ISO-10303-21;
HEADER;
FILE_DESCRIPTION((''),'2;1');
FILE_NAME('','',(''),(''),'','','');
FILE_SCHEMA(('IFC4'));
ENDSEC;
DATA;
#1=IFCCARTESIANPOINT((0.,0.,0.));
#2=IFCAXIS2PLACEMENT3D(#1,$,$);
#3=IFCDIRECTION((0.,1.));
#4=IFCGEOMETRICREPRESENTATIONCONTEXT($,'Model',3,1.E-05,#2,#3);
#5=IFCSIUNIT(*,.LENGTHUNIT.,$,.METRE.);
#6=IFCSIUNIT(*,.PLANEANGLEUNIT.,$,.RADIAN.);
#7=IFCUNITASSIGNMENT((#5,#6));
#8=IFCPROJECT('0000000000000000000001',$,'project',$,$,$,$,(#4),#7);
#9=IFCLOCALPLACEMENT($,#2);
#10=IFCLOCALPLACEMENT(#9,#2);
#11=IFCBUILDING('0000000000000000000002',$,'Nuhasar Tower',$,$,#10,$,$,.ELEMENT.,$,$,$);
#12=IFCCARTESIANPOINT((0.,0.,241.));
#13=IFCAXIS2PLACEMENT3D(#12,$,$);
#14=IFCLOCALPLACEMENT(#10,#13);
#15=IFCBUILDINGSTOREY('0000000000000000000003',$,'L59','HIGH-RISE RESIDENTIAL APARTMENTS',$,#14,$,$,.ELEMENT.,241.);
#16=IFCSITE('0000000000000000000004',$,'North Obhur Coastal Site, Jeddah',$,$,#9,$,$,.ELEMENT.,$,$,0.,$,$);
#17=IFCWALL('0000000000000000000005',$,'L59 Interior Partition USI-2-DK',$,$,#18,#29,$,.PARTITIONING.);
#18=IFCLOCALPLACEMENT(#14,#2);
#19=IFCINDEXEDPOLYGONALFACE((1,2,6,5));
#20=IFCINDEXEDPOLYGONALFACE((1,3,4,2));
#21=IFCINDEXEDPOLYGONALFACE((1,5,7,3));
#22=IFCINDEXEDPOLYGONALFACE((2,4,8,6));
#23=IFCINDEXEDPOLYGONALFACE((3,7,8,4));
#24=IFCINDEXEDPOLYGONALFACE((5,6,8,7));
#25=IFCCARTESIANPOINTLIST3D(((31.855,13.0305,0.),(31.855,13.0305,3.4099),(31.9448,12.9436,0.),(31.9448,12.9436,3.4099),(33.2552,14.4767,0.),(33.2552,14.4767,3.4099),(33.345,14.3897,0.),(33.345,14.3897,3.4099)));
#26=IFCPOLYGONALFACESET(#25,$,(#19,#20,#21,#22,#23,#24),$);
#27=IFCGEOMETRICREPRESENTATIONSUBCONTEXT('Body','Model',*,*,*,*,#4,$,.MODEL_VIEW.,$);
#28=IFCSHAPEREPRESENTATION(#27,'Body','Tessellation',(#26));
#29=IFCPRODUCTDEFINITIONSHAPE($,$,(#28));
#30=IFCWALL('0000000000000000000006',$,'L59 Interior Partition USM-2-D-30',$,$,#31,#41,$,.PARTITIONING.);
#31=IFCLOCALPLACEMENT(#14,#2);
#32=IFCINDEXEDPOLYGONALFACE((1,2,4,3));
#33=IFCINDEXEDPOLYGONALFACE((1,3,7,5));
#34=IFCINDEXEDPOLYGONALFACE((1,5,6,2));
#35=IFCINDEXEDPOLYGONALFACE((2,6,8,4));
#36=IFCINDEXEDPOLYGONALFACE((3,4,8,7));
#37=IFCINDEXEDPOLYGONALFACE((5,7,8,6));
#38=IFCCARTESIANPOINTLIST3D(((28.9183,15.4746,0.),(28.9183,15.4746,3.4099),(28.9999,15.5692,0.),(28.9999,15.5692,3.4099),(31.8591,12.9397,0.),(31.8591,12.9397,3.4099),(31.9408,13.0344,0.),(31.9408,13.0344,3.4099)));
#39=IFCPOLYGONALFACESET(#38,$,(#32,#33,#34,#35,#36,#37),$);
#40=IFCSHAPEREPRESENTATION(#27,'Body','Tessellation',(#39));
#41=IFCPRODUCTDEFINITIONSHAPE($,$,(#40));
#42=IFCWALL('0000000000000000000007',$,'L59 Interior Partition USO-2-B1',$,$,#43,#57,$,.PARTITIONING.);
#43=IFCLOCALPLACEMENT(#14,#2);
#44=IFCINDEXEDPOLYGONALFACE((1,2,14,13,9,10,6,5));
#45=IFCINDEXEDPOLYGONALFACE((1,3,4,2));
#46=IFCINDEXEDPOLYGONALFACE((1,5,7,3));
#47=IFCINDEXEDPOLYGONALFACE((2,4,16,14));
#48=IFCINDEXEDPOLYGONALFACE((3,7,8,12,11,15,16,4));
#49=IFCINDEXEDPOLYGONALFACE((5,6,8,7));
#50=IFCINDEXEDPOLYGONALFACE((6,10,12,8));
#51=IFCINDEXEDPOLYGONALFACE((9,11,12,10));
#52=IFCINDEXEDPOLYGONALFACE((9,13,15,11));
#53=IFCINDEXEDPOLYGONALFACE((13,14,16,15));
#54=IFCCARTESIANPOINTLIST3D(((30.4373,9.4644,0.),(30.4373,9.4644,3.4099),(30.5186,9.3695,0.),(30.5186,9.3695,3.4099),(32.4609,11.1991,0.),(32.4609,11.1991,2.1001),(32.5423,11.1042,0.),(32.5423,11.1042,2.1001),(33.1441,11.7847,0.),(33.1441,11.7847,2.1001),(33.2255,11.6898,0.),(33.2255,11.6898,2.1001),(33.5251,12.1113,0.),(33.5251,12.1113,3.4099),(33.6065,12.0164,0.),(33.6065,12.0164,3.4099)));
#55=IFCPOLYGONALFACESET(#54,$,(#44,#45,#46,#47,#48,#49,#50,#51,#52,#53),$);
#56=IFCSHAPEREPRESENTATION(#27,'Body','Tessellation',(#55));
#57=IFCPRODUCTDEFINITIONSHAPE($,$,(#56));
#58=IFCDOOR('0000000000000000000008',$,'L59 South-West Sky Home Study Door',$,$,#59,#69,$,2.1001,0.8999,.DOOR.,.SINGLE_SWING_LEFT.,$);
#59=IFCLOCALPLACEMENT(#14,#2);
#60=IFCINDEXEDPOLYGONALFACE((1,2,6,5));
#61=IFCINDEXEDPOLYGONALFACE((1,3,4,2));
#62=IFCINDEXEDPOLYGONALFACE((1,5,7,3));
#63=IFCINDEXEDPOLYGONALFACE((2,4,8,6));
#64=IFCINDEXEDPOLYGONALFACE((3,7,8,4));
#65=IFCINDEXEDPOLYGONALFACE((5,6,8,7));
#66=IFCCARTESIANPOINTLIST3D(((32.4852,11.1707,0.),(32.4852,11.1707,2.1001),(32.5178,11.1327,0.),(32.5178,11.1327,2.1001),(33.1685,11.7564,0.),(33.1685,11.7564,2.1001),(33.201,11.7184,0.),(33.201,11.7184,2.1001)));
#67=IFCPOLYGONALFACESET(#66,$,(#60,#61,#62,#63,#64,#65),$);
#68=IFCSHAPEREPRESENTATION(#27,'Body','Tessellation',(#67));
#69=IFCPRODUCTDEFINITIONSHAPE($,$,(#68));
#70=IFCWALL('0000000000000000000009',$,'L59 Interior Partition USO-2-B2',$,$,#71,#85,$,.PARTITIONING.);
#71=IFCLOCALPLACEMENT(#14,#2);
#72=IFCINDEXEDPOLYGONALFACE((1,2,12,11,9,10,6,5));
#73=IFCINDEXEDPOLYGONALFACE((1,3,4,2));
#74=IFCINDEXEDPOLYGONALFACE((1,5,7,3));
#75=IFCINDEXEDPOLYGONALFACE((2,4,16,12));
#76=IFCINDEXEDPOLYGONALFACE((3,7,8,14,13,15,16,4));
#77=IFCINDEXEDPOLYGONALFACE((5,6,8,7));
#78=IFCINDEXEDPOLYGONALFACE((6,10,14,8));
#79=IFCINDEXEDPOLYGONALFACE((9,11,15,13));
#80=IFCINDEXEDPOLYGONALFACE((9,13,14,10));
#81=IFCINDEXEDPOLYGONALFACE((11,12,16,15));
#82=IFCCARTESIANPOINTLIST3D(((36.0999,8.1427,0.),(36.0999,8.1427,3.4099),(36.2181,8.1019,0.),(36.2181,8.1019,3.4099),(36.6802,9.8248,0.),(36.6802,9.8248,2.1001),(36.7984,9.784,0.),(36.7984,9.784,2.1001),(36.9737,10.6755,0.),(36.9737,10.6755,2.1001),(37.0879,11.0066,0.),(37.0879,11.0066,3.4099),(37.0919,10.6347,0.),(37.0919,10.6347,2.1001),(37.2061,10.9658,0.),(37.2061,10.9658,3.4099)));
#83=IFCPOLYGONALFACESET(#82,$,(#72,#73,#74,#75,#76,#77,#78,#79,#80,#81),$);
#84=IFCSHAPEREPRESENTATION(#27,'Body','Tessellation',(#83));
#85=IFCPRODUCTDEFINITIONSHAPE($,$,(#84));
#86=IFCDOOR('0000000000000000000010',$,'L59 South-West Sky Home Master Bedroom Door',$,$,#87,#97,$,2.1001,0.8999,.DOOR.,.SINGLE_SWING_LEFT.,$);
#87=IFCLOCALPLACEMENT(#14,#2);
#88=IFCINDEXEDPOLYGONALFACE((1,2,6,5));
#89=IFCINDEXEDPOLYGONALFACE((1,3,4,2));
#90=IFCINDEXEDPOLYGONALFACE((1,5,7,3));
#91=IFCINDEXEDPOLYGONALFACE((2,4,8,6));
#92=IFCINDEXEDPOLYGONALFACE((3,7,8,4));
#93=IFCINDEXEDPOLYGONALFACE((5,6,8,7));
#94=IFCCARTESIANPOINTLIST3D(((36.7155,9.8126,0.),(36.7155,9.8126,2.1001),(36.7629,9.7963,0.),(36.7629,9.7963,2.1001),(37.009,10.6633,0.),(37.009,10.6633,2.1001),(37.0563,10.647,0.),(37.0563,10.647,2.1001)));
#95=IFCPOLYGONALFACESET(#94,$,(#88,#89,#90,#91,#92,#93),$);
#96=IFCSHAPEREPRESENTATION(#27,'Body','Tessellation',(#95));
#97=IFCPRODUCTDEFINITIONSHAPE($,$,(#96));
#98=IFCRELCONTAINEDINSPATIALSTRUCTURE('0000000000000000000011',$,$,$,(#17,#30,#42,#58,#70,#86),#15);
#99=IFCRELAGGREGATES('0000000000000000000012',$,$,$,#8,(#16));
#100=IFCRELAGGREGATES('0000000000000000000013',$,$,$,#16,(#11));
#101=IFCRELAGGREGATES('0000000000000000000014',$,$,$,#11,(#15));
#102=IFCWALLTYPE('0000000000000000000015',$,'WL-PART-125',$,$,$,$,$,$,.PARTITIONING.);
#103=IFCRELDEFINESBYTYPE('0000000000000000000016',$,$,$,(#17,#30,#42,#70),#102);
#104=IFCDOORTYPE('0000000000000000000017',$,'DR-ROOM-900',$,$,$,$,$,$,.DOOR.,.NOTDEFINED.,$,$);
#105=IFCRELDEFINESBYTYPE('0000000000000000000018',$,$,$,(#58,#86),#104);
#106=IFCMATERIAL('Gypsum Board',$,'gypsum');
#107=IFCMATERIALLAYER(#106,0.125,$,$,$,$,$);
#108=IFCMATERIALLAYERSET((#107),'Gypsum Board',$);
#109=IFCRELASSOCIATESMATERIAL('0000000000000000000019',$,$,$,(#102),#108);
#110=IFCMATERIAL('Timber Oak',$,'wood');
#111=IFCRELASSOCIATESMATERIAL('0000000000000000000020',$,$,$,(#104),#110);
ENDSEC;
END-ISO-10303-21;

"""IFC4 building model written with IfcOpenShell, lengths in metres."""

from ifc_helpers import new_model, si_unit, direction, frame, frame_2d, origin, place, context, subcontext, project, spatial, rectangle, extrude, material, layer, layer_set, type_object, element, fill, save


model = new_model("IFC4")

# Units and contexts
model_context = context("Model", 3, precision=1e-05, world=origin(), true_north=direction((0.0, 1.0)))
body_context = subcontext(model_context, "Body", "Model", "MODEL_VIEW")
ifc_project = project(units=[si_unit("LENGTHUNIT", "METRE"), si_unit("PLANEANGLEUNIT", "RADIAN")], contexts=[model_context])

# Site, building, storey
site_placement = place(None, origin())
site = spatial("IfcSite", under=ifc_project, at=site_placement, Name="North Obhur Coastal Site, Jeddah", CompositionType="ELEMENT", RefElevation=0.0)
building_placement = place(site_placement, origin())
building = spatial("IfcBuilding", under=site, at=building_placement, Name="Nuhasar Tower", CompositionType="ELEMENT")
storey_placement = place(building_placement, frame((0.0, 0.0, 241.0)))
storey = spatial("IfcBuildingStorey", under=building, at=storey_placement, Name="L59", Description="HIGH-RISE RESIDENTIAL APARTMENTS", CompositionType="ELEMENT", Elevation=241.0)

# Shared definitions
ifc_material_1 = material(Name="Gypsum Board", Category="gypsum")

# Shared definitions
ifc_layer_1 = layer(ifc_material_1, 0.125)
ifc_layer_set_1 = layer_set([ifc_layer_1], Name="Gypsum Board")
wall_type_1 = type_object("IfcWallType", Name="WL-PART-125", PredefinedType="PARTITIONING", material=ifc_layer_set_1)
ifc_material_2 = material(Name="Timber Oak", Category="wood")
door_type = type_object("IfcDoorType", Name="DR-ROOM-900", OperationType="NOTDEFINED", PredefinedType="DOOR", material=ifc_material_2)

# Walls
wall_1_placement = place(storey_placement, frame((33.3, 14.4331, 0.0), z_axis=(0.0, 0.0, 1.0), x_axis=(-0.695613, -0.718416, 0.0)))
element("IfcWall", 1, at=wall_1_placement, inside=storey, type_object=wall_type_1, Name="L59 Interior Partition USI-2-DK", PredefinedType="PARTITIONING", context=body_context, shape_type="SweptSolid", body=[
    extrude(rectangle(XDim=2.0129, YDim=0.125, at=frame_2d((1.0063, 0.0))), origin(), (0.0, 0.0, 1.0), 3.4099),
])
wall_2_placement = place(storey_placement, frame((28.959, 15.522, 0.0), z_axis=(0.0, 0.0, 1.0), x_axis=(0.757456, -0.652886, 0.0)))
element("IfcWall", 2, at=wall_2_placement, inside=storey, type_object=wall_type_1, Name="L59 Interior Partition USM-2-D-30", PredefinedType="PARTITIONING", context=body_context, shape_type="SweptSolid", body=[
    extrude(rectangle(XDim=3.8826, YDim=0.125, at=frame_2d((1.9414, 0.0))), origin(), (0.0, 0.0, 1.0), 3.4099),
])

# Walls, openings, doors
wall_3_placement = place(storey_placement, frame((33.5659, 12.064, 0.0), z_axis=(0.0, 0.0, 1.0), x_axis=(-0.759231, -0.650821, 0.0)))
wall_3 = element("IfcWall", 3, at=wall_3_placement, inside=storey, type_object=wall_type_1, Name="L59 Interior Partition USO-2-B1", PredefinedType="PARTITIONING", context=body_context, shape_type="SweptSolid", body=[
    extrude(rectangle(XDim=4.0671, YDim=0.125, at=frame_2d((2.0337, 0.0))), origin(), (0.0, 0.0, 1.0), 3.4099),
])
opening_1_placement = place(wall_3_placement, frame((0.502, 0.0, 0.0)))
opening_1 = element("IfcOpeningElement", 4, at=opening_1_placement, cuts=wall_3, PredefinedType="OPENING", context=body_context, shape_type="SweptSolid", body=[
    extrude(rectangle(XDim=0.8999, YDim=2.1001, at=frame_2d((0.45, 1.05))), frame((0.0, 0.0725, 0.0), z_axis=(0.0, -1.0, 0.0), x_axis=(1.0, 0.0, 0.0)), (0.0, 0.0, 1.0), 0.145),
])
door_1_placement = place(opening_1_placement, origin())
door_1 = element("IfcDoor", 5, at=door_1_placement, inside=storey, type_object=door_type, Name="L59 South-West Sky Home Study Door", OperationType="SINGLE_SWING_LEFT", OverallHeight=2.1001, OverallWidth=0.8999, PredefinedType="DOOR", context=body_context, shape_type="SweptSolid", body=[
    extrude(rectangle(XDim=0.8999, YDim=2.1001, at=frame_2d((0.45, 1.05))), frame((0.0, 0.0249, 0.0), z_axis=(0.0, -1.0, 0.0), x_axis=(1.0, 0.0, 0.0)), (0.0, 0.0, 1.0), 0.05),
])
fill(opening_1, door_1)
wall_4_placement = place(storey_placement, frame((37.147, 10.9861, 0.0), z_axis=(0.0, 0.0, 1.0), x_axis=(-0.326122, -0.945328, 0.0)))
wall_4 = element("IfcWall", 6, at=wall_4_placement, inside=storey, type_object=wall_type_1, Name="L59 Interior Partition USO-2-B2", PredefinedType="PARTITIONING", context=body_context, shape_type="SweptSolid", body=[
    extrude(rectangle(XDim=3.0295, YDim=0.125, at=frame_2d((1.5146, 0.0))), origin(), (0.0, 0.0, 1.0), 3.4099),
])
opening_2_placement = place(wall_4_placement, frame((0.3501, 0.0, 0.0)))
opening_2 = element("IfcOpeningElement", 7, at=opening_2_placement, cuts=wall_4, PredefinedType="OPENING", context=body_context, shape_type="SweptSolid", body=[
    extrude(rectangle(XDim=0.8999, YDim=2.1001, at=frame_2d((0.45, 1.05))), frame((0.0, 0.0725, 0.0), z_axis=(0.0, -1.0, 0.0), x_axis=(1.0, 0.0, 0.0)), (0.0, 0.0, 1.0), 0.145),
])
door_2_placement = place(opening_2_placement, origin())
door_2 = element("IfcDoor", 8, at=door_2_placement, inside=storey, type_object=door_type, Name="L59 South-West Sky Home Master Bedroom Door", OperationType="SINGLE_SWING_LEFT", OverallHeight=2.1001, OverallWidth=0.8999, PredefinedType="DOOR", context=body_context, shape_type="SweptSolid", body=[
    extrude(rectangle(XDim=0.8999, YDim=2.1001, at=frame_2d((0.45, 1.05))), frame((0.0, 0.0249, 0.0), z_axis=(0.0, -1.0, 0.0), x_axis=(1.0, 0.0, 0.0)), (0.0, 0.0, 1.0), 0.05),
])
fill(opening_2, door_2)

save(model, "model.ifc")
